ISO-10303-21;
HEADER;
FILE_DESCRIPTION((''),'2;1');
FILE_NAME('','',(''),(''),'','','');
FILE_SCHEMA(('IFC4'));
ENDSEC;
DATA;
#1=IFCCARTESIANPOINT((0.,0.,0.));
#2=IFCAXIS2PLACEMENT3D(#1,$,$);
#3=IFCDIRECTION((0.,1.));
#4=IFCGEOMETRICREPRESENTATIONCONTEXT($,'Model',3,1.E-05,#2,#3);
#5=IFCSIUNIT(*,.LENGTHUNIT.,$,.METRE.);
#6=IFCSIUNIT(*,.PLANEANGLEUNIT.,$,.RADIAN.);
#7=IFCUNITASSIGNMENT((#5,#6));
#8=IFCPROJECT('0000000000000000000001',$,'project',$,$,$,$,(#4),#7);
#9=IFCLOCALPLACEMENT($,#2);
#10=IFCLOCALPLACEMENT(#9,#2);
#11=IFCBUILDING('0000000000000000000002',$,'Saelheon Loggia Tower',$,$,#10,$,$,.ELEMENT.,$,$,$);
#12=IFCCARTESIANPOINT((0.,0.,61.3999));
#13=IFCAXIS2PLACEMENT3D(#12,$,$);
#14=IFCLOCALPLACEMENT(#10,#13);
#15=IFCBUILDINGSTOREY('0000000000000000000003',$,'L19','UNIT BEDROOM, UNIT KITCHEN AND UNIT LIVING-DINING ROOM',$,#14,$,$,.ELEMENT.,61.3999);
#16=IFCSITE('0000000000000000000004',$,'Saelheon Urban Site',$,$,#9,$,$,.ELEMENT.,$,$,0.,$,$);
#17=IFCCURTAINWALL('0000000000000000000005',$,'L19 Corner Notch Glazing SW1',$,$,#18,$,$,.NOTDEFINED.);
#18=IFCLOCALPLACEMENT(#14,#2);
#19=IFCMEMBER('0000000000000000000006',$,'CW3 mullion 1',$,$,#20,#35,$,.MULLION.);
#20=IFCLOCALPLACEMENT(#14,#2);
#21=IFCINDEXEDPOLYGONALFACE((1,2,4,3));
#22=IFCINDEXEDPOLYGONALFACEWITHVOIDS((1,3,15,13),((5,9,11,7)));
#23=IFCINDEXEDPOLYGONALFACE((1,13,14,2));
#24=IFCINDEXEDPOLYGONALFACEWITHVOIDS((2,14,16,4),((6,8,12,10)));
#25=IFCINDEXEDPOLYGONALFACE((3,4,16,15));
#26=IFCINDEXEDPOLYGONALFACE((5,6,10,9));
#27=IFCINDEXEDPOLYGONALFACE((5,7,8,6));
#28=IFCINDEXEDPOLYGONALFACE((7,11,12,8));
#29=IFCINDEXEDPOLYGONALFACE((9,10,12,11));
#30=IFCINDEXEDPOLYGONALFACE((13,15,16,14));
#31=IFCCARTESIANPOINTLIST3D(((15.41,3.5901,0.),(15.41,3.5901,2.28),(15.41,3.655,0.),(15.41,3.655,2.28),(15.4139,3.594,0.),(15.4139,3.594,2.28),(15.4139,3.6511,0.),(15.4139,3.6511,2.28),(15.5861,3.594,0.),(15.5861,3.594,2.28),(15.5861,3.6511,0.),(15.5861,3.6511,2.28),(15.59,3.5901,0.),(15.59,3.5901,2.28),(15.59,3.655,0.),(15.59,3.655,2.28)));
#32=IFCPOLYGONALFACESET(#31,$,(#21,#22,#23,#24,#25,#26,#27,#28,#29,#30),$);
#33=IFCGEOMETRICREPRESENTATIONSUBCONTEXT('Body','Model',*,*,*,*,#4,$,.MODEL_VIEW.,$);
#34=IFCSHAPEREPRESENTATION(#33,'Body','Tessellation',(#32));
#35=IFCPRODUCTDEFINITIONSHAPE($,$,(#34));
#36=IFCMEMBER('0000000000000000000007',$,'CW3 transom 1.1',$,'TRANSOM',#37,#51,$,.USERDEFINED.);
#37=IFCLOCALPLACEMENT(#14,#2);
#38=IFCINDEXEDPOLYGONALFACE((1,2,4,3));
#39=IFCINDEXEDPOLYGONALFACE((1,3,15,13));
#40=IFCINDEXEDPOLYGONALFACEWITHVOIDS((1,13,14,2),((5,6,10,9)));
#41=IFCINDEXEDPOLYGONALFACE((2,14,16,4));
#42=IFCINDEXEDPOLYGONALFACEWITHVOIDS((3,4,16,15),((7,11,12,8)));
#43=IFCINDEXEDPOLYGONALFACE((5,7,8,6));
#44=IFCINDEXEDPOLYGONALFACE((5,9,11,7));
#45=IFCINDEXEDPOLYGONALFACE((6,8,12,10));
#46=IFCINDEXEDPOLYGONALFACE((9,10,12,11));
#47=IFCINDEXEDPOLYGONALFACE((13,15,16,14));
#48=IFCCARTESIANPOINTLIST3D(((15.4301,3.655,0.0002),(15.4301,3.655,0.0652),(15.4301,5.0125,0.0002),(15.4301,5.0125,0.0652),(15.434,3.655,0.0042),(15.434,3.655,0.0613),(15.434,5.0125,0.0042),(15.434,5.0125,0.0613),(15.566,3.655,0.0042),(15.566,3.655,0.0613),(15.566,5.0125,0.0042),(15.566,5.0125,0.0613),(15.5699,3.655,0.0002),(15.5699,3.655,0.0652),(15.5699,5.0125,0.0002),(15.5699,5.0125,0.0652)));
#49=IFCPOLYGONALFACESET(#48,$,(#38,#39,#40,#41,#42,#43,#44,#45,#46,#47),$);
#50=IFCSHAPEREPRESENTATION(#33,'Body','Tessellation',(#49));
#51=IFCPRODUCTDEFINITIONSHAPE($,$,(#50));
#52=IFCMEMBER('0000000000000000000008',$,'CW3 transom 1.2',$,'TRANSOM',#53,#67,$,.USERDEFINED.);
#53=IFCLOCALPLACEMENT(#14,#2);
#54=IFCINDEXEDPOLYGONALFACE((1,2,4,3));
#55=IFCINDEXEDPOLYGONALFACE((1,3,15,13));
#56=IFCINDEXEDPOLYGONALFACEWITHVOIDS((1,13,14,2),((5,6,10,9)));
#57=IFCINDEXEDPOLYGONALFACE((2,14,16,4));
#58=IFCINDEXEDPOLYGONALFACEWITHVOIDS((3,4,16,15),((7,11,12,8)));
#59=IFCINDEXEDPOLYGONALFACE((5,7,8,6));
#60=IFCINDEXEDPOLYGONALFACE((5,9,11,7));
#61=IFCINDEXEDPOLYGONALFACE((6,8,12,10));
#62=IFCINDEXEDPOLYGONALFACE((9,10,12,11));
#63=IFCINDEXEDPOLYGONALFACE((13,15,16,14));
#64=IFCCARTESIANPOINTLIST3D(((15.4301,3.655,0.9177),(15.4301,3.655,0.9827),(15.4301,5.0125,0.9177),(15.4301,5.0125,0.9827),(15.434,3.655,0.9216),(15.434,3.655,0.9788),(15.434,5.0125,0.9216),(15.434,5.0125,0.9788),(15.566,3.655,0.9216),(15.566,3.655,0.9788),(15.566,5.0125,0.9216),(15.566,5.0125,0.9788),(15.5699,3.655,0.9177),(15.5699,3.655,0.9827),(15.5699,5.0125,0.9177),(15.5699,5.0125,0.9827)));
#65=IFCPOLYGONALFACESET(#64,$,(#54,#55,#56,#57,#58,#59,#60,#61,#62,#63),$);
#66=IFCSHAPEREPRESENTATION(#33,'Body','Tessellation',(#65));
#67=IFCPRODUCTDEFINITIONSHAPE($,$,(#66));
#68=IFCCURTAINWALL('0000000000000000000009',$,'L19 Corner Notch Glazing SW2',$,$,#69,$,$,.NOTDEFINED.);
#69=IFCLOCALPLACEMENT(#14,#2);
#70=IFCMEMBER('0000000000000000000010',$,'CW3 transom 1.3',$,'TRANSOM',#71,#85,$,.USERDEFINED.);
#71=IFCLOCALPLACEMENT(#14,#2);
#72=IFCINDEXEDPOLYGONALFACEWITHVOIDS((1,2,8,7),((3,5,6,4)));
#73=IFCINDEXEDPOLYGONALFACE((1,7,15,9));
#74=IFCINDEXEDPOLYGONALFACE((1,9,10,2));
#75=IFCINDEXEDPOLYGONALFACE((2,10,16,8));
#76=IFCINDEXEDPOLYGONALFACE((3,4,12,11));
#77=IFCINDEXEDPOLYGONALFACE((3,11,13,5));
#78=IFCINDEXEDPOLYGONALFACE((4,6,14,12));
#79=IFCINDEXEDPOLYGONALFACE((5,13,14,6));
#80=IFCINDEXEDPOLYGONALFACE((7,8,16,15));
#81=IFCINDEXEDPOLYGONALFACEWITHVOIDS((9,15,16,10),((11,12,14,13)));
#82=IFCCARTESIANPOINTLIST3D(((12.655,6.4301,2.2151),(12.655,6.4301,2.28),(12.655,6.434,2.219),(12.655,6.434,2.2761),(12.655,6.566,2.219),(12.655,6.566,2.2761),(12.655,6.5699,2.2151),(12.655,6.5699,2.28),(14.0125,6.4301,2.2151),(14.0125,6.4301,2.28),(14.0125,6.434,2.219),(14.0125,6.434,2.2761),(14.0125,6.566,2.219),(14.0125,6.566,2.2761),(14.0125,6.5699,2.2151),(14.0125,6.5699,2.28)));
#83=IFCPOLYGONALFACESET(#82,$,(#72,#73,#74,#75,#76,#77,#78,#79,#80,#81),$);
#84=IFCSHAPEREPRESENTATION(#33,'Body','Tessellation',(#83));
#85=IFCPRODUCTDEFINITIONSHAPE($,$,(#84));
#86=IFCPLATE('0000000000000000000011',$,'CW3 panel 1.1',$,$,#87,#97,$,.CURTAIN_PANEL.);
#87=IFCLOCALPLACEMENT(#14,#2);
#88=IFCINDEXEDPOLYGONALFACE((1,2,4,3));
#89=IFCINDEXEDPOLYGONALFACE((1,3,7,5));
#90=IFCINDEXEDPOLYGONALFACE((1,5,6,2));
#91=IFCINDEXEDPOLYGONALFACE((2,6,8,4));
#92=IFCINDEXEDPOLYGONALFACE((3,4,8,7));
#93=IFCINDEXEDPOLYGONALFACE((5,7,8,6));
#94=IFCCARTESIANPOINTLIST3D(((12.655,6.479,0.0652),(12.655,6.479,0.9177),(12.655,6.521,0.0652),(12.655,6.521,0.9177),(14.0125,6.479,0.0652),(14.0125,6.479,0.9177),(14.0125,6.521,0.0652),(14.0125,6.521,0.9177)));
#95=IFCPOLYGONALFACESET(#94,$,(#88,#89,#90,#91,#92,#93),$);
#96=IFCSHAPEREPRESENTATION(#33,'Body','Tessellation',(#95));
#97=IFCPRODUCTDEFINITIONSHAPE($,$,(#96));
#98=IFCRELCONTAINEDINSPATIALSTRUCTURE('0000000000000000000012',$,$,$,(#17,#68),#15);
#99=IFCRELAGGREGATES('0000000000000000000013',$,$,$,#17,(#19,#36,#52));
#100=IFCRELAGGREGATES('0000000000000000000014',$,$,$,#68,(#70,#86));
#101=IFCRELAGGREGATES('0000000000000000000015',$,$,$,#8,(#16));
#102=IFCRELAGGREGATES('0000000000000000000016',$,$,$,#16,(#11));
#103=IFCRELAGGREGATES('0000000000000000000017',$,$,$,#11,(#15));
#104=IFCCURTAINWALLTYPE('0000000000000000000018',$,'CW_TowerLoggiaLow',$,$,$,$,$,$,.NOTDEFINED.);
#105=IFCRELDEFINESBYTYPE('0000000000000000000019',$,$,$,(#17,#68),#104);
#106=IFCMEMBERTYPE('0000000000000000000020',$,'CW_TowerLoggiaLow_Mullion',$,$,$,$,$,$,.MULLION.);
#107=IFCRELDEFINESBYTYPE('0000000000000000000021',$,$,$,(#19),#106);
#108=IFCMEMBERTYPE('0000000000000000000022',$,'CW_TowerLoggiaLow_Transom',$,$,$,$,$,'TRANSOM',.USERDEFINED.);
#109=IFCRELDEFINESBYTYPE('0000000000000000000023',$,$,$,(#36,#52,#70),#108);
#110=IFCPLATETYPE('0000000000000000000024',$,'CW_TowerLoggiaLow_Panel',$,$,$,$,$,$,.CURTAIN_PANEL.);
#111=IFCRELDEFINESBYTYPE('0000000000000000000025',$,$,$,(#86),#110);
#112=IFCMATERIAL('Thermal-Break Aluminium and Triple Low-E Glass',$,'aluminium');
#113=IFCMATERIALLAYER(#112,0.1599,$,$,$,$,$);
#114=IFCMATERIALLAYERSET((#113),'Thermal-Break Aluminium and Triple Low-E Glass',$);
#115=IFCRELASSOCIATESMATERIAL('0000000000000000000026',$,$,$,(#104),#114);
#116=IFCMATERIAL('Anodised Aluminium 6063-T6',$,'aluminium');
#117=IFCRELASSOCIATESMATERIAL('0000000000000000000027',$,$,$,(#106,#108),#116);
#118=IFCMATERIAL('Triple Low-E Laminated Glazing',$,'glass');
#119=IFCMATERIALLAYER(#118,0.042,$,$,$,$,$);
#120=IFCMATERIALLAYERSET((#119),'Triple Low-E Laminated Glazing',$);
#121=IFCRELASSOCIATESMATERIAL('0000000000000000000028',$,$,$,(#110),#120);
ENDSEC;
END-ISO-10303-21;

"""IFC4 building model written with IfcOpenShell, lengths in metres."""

from ifc_helpers import new_model, si_unit, direction, frame, origin, origin_2d, place, context, subcontext, project, spatial, rectangle, hollow_rectangle, extrude, source, transform, mapped, material, layer, layer_set, material_profile, profile_set, type_object, element, aggregate, save


model = new_model("IFC4")

# Units and contexts
model_context = context("Model", 3, precision=1e-05, world=origin(), true_north=direction((0.0, 1.0)))
body_context = subcontext(model_context, "Body", "Model", "MODEL_VIEW")
ifc_project = project(units=[si_unit("LENGTHUNIT", "METRE"), si_unit("PLANEANGLEUNIT", "RADIAN")], contexts=[model_context])

# Site, building, storey
site_placement = place(None, origin())
site = spatial("IfcSite", under=ifc_project, at=site_placement, Name="Saelheon Urban Site", CompositionType="ELEMENT", RefElevation=0.0)
building_placement = place(site_placement, origin())
building = spatial("IfcBuilding", under=site, at=building_placement, Name="Saelheon Loggia Tower", CompositionType="ELEMENT")
storey_placement = place(building_placement, frame((0.0, 0.0, 61.3999)))
storey = spatial("IfcBuildingStorey", under=building, at=storey_placement, Name="L19", Description="UNIT BEDROOM, UNIT KITCHEN AND UNIT LIVING-DINING ROOM", CompositionType="ELEMENT", Elevation=61.3999)

# Curtain wall, members
ifc_material_1 = material(Name="Thermal-Break Aluminium and Triple Low-E Glass", Category="aluminium")
ifc_layer_1 = layer(ifc_material_1, 0.1599)
ifc_layer_set_1 = layer_set([ifc_layer_1], Name="Thermal-Break Aluminium and Triple Low-E Glass")
curtain_wall_type = type_object("IfcCurtainWallType", Name="CW_TowerLoggiaLow", PredefinedType="NOTDEFINED", material=ifc_layer_set_1)
curtain_wall_1_placement = place(storey_placement, origin())
curtain_wall_1 = element("IfcCurtainWall", 1, at=curtain_wall_1_placement, inside=storey, type_object=curtain_wall_type, Name="L19 Corner Notch Glazing SW1", PredefinedType="NOTDEFINED")
ifc_material_2 = material(Name="Anodised Aluminium 6063-T6", Category="aluminium")
ifc_material_profile_1 = material_profile(ifc_material_2, hollow_rectangle(XDim=0.0649, YDim=0.1799, WallThickness=0.0039, at=origin_2d()), Name="RHS-180x65x4")
ifc_profile_set_1 = profile_set([ifc_material_profile_1], Name="Anodised Aluminium 6063-T6")
member_type_1 = type_object("IfcMemberType", Name="CW_TowerLoggiaLow_Mullion", PredefinedType="MULLION", material=ifc_profile_set_1)
shared_shape_1 = source(origin(), body_context, "Body", "SweptSolid", [
    extrude(hollow_rectangle(XDim=0.0649, YDim=0.1799, WallThickness=0.0039, at=origin_2d()), origin(), (0.0, 0.0, 1.0), 2.28),
])
member_1_placement = place(storey_placement, frame((15.5, 3.6226, 0.0), z_axis=(0.0, 0.0, 1.0), x_axis=(0.0, 1.0, 0.0)))
member_1 = element("IfcMember", 2, at=member_1_placement, type_object=member_type_1, Name="CW3 mullion 1", PredefinedType="MULLION", context=body_context, shape_type="MappedRepresentation", body=[
    mapped(shared_shape_1, transform((0.0, 0.0, 0.0), scale=1.0)),
])
ifc_material_profile_2 = material_profile(ifc_material_2, hollow_rectangle(XDim=0.0649, YDim=0.1399, WallThickness=0.0039, at=origin_2d()), Name="RHS-140x65x4")
ifc_profile_set_2 = profile_set([ifc_material_profile_2], Name="Anodised Aluminium 6063-T6")
member_type_2 = type_object("IfcMemberType", Name="CW_TowerLoggiaLow_Transom", ElementType="TRANSOM", PredefinedType="USERDEFINED", material=ifc_profile_set_2)
shared_shape_2 = source(origin(), body_context, "Body", "SweptSolid", [
    extrude(hollow_rectangle(XDim=0.0649, YDim=0.1399, WallThickness=0.0039, at=origin_2d()), origin(), (0.0, 0.0, 1.0), 1.3574),
])
member_2_placement = place(storey_placement, frame((15.5, 3.655, 0.0327), z_axis=(0.0, 1.0, 0.0), x_axis=(0.0, 0.0, 1.0)))
member_2 = element("IfcMember", 3, at=member_2_placement, type_object=member_type_2, Name="CW3 transom 1.1", ObjectType="TRANSOM", PredefinedType="USERDEFINED", context=body_context, shape_type="MappedRepresentation", body=[
    mapped(shared_shape_2, transform((0.0, 0.0, 0.0), scale=1.0)),
])
member_3_placement = place(storey_placement, frame((15.5, 3.655, 0.9502), z_axis=(0.0, 1.0, 0.0), x_axis=(0.0, 0.0, 1.0)))
member_3 = element("IfcMember", 4, at=member_3_placement, type_object=member_type_2, Name="CW3 transom 1.2", ObjectType="TRANSOM", PredefinedType="USERDEFINED", context=body_context, shape_type="MappedRepresentation", body=[
    mapped(shared_shape_2, transform((0.0, 0.0, 0.0), scale=1.0)),
])
aggregate(curtain_wall_1, [member_1, member_2, member_3])

# Curtain wall, member, plate
curtain_wall_2_placement = place(storey_placement, origin())
curtain_wall_2 = element("IfcCurtainWall", 5, at=curtain_wall_2_placement, inside=storey, type_object=curtain_wall_type, Name="L19 Corner Notch Glazing SW2", PredefinedType="NOTDEFINED")
member_4_placement = place(storey_placement, frame((12.655, 6.5, 2.2476), z_axis=(1.0, 0.0, 0.0), x_axis=(0.0, 0.0, 1.0)))
member_4 = element("IfcMember", 6, at=member_4_placement, type_object=member_type_2, Name="CW3 transom 1.3", ObjectType="TRANSOM", PredefinedType="USERDEFINED", context=body_context, shape_type="MappedRepresentation", body=[
    mapped(shared_shape_2, transform((0.0, 0.0, 0.0), scale=1.0)),
])
ifc_material_3 = material(Name="Triple Low-E Laminated Glazing", Category="glass")
ifc_layer_2 = layer(ifc_material_3, 0.042)
ifc_layer_set_2 = layer_set([ifc_layer_2], Name="Triple Low-E Laminated Glazing")
plate_type = type_object("IfcPlateType", Name="CW_TowerLoggiaLow_Panel", PredefinedType="CURTAIN_PANEL", material=ifc_layer_set_2)
shared_shape_3 = source(origin(), body_context, "Body", "SweptSolid", [
    extrude(rectangle(XDim=1.3574, YDim=0.042, at=origin_2d()), origin(), (0.0, 0.0, 1.0), 0.8525),
])
plate_placement = place(storey_placement, frame((13.3337, 6.5, 0.0652), z_axis=(0.0, 0.0, 1.0), x_axis=(1.0, 0.0, 0.0)))
plate = element("IfcPlate", 7, at=plate_placement, type_object=plate_type, Name="CW3 panel 1.1", PredefinedType="CURTAIN_PANEL", context=body_context, shape_type="MappedRepresentation", body=[
    mapped(shared_shape_3, transform((0.0, 0.0, 0.0), scale=1.0)),
])
aggregate(curtain_wall_2, [member_4, plate])

save(model, "model.ifc")
